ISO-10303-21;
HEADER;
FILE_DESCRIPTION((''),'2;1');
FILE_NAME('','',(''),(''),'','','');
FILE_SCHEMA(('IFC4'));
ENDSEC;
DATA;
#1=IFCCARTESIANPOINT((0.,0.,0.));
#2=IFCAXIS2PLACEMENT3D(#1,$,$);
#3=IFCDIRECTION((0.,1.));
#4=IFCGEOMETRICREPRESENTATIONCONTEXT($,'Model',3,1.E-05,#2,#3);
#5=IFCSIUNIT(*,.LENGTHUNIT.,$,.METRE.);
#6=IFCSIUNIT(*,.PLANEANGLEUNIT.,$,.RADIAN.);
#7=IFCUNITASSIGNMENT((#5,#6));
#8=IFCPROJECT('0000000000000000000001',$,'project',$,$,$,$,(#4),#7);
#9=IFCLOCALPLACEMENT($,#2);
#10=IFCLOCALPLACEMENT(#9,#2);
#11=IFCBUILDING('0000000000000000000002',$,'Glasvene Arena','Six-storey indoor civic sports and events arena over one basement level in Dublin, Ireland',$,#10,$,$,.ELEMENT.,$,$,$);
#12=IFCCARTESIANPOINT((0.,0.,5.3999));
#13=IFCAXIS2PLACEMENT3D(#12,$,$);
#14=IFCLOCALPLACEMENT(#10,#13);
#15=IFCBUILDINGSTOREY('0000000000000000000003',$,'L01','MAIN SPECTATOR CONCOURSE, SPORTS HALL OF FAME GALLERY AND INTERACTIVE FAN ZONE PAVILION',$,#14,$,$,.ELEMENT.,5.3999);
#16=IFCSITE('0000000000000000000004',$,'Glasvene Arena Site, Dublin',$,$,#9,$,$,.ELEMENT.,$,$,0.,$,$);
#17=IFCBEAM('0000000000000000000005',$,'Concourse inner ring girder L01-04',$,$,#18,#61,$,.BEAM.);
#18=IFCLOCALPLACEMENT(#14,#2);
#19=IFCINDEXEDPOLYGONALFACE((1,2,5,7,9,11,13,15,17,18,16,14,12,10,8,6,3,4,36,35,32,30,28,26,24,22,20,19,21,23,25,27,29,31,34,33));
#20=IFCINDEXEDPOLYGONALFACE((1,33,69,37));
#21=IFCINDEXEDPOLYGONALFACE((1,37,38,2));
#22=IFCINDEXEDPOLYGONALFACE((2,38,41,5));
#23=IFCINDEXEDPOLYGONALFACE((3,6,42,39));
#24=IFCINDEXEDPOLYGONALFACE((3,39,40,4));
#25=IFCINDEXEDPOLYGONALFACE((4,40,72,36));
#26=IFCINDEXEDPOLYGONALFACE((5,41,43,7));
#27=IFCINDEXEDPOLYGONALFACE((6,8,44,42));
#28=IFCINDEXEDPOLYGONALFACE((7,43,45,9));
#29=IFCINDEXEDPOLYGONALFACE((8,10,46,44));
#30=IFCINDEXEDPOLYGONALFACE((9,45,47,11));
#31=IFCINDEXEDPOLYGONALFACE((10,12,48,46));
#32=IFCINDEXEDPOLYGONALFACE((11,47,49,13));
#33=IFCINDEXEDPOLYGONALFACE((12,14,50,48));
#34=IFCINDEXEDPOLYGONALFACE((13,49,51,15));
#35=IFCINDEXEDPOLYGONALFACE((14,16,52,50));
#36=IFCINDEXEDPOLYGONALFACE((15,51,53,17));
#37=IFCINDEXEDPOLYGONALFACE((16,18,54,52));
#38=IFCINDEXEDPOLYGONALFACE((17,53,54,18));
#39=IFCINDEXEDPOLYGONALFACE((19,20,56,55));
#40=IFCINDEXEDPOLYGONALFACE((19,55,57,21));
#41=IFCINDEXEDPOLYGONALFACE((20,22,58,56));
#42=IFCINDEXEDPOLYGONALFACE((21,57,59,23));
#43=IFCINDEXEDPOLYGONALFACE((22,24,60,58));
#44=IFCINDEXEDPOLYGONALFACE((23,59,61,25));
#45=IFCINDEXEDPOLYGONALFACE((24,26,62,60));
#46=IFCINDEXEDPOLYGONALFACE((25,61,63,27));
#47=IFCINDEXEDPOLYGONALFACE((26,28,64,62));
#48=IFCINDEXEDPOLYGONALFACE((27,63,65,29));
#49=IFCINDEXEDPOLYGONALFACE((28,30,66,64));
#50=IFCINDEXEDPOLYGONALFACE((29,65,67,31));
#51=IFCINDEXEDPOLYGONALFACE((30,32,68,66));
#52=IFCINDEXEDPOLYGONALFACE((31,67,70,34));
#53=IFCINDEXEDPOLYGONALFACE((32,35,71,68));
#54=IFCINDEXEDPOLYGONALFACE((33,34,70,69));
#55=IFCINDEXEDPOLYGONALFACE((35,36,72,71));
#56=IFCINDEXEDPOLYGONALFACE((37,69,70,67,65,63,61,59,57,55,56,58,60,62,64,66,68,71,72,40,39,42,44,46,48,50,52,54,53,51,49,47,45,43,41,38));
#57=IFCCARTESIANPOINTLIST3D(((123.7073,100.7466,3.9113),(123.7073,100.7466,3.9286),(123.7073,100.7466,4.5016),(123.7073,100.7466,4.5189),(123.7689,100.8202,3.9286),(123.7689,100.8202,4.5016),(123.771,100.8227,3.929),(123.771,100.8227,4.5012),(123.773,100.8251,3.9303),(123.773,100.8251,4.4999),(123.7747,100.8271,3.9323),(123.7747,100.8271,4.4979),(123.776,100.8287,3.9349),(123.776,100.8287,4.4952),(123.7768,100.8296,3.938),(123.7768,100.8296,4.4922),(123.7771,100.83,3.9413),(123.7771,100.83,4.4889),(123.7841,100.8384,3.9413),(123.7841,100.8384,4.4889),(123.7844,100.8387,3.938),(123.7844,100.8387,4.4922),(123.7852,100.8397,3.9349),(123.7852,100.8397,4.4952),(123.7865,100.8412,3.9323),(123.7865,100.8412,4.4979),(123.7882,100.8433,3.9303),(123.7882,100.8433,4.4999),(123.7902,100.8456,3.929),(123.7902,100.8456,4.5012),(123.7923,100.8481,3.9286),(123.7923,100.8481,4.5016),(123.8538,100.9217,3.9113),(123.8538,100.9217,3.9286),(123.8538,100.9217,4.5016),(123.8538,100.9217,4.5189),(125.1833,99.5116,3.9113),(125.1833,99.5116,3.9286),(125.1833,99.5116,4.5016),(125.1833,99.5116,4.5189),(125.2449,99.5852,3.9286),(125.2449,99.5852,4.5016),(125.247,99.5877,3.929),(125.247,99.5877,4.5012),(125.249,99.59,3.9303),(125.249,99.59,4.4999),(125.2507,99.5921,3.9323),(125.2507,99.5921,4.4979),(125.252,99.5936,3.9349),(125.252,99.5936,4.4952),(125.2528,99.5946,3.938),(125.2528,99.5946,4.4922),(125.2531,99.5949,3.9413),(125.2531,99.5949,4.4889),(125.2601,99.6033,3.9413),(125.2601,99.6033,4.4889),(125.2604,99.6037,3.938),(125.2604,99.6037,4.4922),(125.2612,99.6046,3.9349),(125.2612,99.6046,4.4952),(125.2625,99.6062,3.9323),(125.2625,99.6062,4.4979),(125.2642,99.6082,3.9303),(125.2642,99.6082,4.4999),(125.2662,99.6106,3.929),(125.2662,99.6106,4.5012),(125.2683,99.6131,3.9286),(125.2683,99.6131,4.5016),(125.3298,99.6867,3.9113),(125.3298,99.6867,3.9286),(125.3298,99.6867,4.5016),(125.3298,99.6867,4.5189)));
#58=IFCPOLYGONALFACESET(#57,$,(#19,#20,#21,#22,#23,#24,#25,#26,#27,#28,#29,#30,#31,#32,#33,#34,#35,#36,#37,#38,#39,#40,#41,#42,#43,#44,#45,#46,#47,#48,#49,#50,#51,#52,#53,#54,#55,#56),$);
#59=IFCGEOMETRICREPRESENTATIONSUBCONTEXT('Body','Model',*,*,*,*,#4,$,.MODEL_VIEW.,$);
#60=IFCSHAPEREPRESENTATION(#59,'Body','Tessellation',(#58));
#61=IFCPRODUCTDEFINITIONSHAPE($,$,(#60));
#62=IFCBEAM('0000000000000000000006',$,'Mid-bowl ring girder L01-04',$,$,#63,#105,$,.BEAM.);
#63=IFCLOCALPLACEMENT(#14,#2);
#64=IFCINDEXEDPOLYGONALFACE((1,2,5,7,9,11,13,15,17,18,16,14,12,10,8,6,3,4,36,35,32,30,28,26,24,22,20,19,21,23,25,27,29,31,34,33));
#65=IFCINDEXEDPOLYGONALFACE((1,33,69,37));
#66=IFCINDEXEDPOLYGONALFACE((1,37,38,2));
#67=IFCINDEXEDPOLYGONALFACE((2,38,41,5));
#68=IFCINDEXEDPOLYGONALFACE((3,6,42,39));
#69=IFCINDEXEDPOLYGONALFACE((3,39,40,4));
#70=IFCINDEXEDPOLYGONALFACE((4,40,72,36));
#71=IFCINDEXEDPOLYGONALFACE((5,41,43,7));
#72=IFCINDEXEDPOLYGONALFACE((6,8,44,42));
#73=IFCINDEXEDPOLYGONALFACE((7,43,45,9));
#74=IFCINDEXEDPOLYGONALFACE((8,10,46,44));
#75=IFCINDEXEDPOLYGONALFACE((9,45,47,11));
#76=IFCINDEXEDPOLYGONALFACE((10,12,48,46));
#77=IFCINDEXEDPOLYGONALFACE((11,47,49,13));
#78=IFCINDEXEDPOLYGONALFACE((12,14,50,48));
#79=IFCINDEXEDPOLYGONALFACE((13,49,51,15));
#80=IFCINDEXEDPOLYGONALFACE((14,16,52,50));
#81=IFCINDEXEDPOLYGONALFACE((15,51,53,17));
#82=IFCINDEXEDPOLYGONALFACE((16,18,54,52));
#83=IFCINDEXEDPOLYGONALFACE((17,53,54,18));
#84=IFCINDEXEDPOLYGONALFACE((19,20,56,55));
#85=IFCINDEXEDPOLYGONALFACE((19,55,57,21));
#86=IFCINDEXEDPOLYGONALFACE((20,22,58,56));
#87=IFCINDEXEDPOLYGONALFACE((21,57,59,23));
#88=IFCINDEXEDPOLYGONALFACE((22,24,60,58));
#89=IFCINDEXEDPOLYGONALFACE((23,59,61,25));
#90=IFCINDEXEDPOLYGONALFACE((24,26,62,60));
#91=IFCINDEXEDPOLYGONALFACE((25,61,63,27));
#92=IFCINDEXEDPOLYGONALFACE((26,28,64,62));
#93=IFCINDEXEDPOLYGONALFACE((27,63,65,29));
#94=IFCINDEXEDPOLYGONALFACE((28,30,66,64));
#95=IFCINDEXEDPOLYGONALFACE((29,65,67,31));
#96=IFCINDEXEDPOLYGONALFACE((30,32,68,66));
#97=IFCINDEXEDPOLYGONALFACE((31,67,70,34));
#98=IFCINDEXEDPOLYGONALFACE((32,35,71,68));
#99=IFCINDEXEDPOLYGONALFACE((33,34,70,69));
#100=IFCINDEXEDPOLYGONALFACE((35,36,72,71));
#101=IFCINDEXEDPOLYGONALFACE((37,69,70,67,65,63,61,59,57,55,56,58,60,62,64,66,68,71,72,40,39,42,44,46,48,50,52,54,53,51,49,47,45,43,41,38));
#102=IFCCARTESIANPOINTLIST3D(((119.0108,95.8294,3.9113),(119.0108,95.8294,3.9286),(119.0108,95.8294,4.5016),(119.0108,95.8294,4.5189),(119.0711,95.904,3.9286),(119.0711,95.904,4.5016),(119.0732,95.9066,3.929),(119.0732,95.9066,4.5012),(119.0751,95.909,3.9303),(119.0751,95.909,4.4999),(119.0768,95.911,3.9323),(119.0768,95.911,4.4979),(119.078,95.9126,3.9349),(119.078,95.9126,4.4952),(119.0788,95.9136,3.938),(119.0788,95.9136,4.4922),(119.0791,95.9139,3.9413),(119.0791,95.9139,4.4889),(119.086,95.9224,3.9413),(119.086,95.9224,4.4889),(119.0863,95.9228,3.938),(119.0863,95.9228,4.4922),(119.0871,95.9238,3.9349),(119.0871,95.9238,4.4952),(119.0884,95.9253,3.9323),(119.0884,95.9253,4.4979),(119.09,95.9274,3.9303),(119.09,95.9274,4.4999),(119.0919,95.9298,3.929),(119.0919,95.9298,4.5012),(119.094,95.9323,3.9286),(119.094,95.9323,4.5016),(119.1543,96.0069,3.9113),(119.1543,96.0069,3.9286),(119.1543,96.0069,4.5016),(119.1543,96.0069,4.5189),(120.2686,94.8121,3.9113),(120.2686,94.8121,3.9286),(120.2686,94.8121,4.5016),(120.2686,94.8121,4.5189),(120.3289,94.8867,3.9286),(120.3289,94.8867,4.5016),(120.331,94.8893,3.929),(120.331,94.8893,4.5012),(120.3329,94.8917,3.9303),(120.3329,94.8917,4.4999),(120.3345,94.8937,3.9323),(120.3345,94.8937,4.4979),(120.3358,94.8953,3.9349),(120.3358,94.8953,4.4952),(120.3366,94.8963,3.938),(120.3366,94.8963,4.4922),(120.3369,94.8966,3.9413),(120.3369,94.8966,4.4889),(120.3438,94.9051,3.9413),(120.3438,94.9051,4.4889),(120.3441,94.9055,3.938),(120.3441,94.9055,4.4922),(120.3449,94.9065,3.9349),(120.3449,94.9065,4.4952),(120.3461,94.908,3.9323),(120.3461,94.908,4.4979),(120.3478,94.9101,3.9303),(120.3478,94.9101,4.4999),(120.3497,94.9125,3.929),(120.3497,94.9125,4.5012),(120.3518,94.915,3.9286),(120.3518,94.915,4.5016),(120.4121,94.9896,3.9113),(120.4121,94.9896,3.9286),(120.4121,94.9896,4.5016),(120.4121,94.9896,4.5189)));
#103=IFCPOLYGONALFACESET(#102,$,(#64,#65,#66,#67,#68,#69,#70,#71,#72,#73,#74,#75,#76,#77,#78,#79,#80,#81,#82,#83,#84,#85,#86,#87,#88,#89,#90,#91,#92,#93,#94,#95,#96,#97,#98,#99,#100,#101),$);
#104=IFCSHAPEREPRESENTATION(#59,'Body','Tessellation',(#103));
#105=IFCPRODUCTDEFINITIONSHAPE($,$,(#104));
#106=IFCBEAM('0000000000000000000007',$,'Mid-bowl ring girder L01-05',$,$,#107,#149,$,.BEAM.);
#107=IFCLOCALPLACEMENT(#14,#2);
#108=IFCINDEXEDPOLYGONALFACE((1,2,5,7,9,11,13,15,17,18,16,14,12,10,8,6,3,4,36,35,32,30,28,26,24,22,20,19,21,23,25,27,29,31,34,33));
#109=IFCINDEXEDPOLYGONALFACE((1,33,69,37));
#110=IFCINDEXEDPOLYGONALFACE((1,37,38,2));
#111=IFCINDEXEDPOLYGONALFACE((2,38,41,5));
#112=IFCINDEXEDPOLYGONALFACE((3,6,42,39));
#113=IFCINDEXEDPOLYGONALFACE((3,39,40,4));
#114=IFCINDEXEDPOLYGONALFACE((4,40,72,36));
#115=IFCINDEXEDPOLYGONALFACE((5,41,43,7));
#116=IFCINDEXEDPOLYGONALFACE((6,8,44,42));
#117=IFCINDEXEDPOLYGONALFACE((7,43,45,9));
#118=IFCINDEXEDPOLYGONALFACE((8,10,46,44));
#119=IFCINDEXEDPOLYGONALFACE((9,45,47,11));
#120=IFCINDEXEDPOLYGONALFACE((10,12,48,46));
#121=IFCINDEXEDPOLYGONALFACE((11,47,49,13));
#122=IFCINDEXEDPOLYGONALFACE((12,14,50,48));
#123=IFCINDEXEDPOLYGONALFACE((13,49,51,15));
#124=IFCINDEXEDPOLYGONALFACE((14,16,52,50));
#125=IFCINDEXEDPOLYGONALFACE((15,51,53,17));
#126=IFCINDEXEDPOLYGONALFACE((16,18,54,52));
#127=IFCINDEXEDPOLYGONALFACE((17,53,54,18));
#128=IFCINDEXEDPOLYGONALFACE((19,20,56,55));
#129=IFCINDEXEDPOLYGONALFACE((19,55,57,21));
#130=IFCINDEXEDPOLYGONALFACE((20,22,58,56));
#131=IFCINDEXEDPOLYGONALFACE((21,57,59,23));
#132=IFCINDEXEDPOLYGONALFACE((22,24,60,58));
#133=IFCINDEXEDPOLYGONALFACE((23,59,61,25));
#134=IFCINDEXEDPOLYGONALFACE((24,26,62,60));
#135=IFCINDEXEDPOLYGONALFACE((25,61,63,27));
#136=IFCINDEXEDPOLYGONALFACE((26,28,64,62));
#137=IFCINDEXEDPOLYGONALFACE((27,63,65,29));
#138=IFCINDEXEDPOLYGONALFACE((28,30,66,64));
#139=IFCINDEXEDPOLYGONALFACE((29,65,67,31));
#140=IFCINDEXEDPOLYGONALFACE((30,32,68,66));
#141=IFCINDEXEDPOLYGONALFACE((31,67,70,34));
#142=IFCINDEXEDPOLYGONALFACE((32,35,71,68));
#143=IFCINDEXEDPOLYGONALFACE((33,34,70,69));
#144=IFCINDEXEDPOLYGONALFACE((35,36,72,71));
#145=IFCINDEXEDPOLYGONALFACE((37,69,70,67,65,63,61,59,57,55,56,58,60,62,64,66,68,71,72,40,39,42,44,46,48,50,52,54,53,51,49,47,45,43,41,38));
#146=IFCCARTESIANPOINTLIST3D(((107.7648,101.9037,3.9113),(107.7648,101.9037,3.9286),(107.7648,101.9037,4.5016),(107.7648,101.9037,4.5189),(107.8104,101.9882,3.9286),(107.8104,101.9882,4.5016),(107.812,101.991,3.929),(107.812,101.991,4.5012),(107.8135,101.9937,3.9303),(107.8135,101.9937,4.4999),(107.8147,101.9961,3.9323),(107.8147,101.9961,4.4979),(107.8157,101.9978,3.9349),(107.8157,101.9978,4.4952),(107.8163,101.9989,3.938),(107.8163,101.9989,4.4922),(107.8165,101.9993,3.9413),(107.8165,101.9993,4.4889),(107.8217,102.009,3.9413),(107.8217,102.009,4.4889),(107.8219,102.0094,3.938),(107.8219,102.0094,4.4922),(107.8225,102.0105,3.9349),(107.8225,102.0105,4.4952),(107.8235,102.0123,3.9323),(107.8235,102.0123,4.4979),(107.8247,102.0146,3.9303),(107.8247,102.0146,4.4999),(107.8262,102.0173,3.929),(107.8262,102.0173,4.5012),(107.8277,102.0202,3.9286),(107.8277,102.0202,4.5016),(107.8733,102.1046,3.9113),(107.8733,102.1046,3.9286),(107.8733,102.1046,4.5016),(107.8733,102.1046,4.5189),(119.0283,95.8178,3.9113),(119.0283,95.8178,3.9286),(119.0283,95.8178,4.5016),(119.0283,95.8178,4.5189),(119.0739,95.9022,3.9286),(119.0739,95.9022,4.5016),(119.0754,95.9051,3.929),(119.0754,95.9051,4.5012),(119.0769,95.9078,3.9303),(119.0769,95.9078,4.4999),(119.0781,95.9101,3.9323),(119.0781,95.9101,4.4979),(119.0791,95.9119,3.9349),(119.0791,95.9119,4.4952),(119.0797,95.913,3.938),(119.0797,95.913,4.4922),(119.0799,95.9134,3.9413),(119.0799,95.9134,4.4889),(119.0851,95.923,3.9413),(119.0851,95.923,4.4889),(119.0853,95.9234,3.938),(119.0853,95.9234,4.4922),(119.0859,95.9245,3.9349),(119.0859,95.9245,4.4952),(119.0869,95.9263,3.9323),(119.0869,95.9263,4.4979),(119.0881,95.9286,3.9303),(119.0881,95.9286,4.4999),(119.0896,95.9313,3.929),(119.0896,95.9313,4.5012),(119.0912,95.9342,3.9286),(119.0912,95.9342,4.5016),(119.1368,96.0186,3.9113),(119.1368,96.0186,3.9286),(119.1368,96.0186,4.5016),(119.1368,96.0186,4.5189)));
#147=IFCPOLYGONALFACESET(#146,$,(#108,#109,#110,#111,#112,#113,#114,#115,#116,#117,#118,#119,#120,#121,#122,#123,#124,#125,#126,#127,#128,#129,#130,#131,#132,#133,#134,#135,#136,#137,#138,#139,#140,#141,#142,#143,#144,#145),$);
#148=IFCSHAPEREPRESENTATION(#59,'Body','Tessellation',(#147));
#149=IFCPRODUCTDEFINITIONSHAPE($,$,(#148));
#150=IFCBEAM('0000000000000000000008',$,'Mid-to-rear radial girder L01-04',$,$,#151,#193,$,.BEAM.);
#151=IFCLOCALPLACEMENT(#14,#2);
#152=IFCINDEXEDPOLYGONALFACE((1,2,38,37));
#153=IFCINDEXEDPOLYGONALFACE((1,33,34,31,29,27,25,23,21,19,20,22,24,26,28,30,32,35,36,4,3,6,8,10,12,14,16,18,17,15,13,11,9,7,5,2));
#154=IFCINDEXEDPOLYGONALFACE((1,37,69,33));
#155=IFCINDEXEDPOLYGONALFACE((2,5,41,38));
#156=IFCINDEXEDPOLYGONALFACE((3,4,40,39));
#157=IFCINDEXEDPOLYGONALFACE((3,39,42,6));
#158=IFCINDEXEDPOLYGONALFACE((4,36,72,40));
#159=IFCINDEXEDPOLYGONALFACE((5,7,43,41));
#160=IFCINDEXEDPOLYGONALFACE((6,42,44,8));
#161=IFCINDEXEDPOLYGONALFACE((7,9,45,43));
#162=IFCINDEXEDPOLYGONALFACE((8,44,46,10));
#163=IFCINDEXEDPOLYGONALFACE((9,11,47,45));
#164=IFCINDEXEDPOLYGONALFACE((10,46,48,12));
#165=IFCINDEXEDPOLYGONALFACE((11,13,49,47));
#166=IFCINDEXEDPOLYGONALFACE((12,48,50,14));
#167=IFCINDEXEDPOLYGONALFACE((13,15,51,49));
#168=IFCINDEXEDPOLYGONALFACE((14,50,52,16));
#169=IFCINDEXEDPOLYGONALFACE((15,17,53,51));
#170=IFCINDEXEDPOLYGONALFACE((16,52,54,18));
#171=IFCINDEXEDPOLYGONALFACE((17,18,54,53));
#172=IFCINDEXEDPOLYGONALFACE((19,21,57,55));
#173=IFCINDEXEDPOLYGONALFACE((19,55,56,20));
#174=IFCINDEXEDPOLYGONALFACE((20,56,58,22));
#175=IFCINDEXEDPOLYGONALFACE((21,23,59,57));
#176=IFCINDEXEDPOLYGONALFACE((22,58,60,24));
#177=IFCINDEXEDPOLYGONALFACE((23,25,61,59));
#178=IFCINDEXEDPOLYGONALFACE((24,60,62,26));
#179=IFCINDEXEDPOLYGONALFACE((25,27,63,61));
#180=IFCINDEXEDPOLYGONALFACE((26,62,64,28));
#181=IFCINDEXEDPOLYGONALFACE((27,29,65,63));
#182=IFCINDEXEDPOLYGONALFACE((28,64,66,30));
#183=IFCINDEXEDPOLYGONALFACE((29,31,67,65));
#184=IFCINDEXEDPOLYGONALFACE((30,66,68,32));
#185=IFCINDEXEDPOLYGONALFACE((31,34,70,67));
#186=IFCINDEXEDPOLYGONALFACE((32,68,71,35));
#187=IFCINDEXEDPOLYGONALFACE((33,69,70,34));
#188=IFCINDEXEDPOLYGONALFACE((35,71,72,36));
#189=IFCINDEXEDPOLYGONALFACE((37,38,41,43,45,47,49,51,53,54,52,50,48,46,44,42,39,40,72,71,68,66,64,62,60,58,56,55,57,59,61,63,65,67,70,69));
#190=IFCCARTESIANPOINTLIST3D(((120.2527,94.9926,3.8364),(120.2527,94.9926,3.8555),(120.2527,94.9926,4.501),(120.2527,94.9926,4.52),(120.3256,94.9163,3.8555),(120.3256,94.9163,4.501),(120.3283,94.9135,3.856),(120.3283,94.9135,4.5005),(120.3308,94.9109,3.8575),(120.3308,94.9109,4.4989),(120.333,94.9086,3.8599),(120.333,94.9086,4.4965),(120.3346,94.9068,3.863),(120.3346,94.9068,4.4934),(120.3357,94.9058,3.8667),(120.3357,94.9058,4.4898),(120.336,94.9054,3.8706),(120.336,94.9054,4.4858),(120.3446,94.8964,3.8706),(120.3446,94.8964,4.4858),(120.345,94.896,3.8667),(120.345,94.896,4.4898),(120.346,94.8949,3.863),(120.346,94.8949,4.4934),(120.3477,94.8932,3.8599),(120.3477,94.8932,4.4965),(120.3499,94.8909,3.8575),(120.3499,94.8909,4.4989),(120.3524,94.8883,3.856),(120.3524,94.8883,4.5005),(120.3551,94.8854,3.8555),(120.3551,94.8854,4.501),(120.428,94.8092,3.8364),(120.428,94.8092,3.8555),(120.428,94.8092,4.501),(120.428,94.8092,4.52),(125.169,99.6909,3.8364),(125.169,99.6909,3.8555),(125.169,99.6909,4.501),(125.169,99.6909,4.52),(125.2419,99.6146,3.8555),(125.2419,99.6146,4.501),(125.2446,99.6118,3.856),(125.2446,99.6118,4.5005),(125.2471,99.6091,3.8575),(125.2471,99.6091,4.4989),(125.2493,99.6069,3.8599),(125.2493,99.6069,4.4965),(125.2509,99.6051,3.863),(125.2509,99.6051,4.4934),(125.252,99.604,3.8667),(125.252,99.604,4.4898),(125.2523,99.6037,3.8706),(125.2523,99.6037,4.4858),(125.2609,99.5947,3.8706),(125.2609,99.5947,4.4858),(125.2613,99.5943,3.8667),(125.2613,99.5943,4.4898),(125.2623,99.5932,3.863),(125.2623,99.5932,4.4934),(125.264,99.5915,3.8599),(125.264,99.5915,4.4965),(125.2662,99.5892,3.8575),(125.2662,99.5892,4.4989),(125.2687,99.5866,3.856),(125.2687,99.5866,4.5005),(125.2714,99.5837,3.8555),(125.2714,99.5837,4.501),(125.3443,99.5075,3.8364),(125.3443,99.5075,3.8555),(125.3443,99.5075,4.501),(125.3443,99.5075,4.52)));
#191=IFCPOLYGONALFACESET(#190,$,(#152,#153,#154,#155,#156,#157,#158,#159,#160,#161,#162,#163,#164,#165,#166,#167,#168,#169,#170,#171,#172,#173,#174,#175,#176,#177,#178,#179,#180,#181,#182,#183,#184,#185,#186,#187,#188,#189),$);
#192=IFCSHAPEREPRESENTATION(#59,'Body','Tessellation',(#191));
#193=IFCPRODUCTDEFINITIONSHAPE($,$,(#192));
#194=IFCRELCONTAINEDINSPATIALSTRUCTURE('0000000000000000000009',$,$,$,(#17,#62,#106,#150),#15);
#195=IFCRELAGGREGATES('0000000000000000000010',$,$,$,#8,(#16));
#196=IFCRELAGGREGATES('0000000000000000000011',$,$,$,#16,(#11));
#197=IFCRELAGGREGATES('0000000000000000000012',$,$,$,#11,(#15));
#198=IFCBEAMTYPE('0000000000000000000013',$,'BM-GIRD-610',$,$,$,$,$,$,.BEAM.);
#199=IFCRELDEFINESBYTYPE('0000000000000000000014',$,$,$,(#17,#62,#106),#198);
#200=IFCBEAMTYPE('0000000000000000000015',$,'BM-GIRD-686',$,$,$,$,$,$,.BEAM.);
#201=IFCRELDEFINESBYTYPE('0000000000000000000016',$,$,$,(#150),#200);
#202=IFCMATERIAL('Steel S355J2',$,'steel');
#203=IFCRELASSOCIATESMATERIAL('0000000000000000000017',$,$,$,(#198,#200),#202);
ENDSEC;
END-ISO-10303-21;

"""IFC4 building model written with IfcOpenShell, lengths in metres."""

from ifc_helpers import new_model, si_unit, direction, frame, origin, origin_2d, place, context, subcontext, project, spatial, i_section, extrude, material, material_profile, profile_set, type_object, element, save


model = new_model("IFC4")

# Units and contexts
model_context = context("Model", 3, precision=1e-05, world=origin(), true_north=direction((0.0, 1.0)))
body_context = subcontext(model_context, "Body", "Model", "MODEL_VIEW")
ifc_project = project(units=[si_unit("LENGTHUNIT", "METRE"), si_unit("PLANEANGLEUNIT", "RADIAN")], contexts=[model_context])

# Site, building, storey
site_placement = place(None, origin())
site = spatial("IfcSite", under=ifc_project, at=site_placement, Name="Glasvene Arena Site, Dublin", CompositionType="ELEMENT", RefElevation=0.0)
building_placement = place(site_placement, origin())
building = spatial("IfcBuilding", under=site, at=building_placement, Name="Glasvene Arena", Description="Six-storey indoor civic sports and events arena over one basement level in Dublin, Ireland", CompositionType="ELEMENT")
storey_placement = place(building_placement, frame((0.0, 0.0, 5.3999)))
storey = spatial("IfcBuildingStorey", under=building, at=storey_placement, Name="L01", Description="MAIN SPECTATOR CONCOURSE, SPORTS HALL OF FAME GALLERY AND INTERACTIVE FAN ZONE PAVILION", CompositionType="ELEMENT", Elevation=5.3999)

# Shared definitions
ifc_material_1 = material(Name="Steel S355J2", Category="steel")

# Beams
ifc_material_profile_1 = material_profile(ifc_material_1, i_section(OverallWidth=0.2283, OverallDepth=0.6077, WebThickness=0.011, FlangeThickness=0.0173, FilletRadius=0.0127, at=origin_2d()), Name="UKB 610x229x113")
ifc_profile_set_1 = profile_set([ifc_material_profile_1], Name="Steel S355J2")
beam_type_1 = type_object("IfcBeamType", Name="BM-GIRD-610", PredefinedType="BEAM", material=ifc_profile_set_1)
beam_1_placement = place(storey_placement, frame((125.2566, 99.5991, 4.2151), z_axis=(-0.76693, 0.64173, 0.0), x_axis=(-0.64173, -0.76693, 0.0)))
element("IfcBeam", 1, at=beam_1_placement, inside=storey, type_object=beam_type_1, Name="Concourse inner ring girder L01-04", PredefinedType="BEAM", context=body_context, shape_type="SweptSolid", body=[
    extrude(i_section(OverallWidth=0.2283, OverallDepth=0.6077, WebThickness=0.011, FlangeThickness=0.0173, FilletRadius=0.0127, at=origin_2d()), origin(), (0.0, 0.0, 1.0), 1.9246),
])
beam_2_placement = place(storey_placement, frame((120.3403, 94.9009, 4.2151), z_axis=(-0.777515, 0.628864, 0.0), x_axis=(-0.628864, -0.777515, 0.0)))
element("IfcBeam", 2, at=beam_2_placement, inside=storey, type_object=beam_type_1, Name="Mid-bowl ring girder L01-04", PredefinedType="BEAM", context=body_context, shape_type="SweptSolid", body=[
    extrude(i_section(OverallWidth=0.2283, OverallDepth=0.6077, WebThickness=0.011, FlangeThickness=0.0173, FilletRadius=0.0127, at=origin_2d()), origin(), (0.0, 0.0, 1.0), 1.6177),
])
beam_3_placement = place(storey_placement, frame((119.0825, 95.9182, 4.2151), z_axis=(-0.879785, 0.475372, 0.0), x_axis=(-0.475372, -0.879785, 0.0)))
element("IfcBeam", 3, at=beam_3_placement, inside=storey, type_object=beam_type_1, Name="Mid-bowl ring girder L01-05", PredefinedType="BEAM", context=body_context, shape_type="SweptSolid", body=[
    extrude(i_section(OverallWidth=0.2283, OverallDepth=0.6077, WebThickness=0.011, FlangeThickness=0.0173, FilletRadius=0.0127, at=origin_2d()), origin(), (0.0, 0.0, 1.0), 12.8025),
])
ifc_material_profile_2 = material_profile(ifc_material_1, i_section(OverallWidth=0.2537, OverallDepth=0.6836, WebThickness=0.0125, FlangeThickness=0.019, FilletRadius=0.0151, at=origin_2d()), Name="UKB 686x254x140")
ifc_profile_set_2 = profile_set([ifc_material_profile_2], Name="Steel S355J2")
beam_type_2 = type_object("IfcBeamType", Name="BM-GIRD-686", PredefinedType="BEAM", material=ifc_profile_set_2)
beam_4_placement = place(storey_placement, frame((120.3403, 94.9009, 4.1782), z_axis=(0.722955, 0.690895, 0.0), x_axis=(-0.690895, 0.722955, 0.0)))
element("IfcBeam", 4, at=beam_4_placement, inside=storey, type_object=beam_type_2, Name="Mid-to-rear radial girder L01-04", PredefinedType="BEAM", context=body_context, shape_type="SweptSolid", body=[
    extrude(i_section(OverallWidth=0.2537, OverallDepth=0.6836, WebThickness=0.0125, FlangeThickness=0.019, FilletRadius=0.0151, at=origin_2d()), origin(), (0.0, 0.0, 1.0), 6.8003),
])

save(model, "model.ifc")
